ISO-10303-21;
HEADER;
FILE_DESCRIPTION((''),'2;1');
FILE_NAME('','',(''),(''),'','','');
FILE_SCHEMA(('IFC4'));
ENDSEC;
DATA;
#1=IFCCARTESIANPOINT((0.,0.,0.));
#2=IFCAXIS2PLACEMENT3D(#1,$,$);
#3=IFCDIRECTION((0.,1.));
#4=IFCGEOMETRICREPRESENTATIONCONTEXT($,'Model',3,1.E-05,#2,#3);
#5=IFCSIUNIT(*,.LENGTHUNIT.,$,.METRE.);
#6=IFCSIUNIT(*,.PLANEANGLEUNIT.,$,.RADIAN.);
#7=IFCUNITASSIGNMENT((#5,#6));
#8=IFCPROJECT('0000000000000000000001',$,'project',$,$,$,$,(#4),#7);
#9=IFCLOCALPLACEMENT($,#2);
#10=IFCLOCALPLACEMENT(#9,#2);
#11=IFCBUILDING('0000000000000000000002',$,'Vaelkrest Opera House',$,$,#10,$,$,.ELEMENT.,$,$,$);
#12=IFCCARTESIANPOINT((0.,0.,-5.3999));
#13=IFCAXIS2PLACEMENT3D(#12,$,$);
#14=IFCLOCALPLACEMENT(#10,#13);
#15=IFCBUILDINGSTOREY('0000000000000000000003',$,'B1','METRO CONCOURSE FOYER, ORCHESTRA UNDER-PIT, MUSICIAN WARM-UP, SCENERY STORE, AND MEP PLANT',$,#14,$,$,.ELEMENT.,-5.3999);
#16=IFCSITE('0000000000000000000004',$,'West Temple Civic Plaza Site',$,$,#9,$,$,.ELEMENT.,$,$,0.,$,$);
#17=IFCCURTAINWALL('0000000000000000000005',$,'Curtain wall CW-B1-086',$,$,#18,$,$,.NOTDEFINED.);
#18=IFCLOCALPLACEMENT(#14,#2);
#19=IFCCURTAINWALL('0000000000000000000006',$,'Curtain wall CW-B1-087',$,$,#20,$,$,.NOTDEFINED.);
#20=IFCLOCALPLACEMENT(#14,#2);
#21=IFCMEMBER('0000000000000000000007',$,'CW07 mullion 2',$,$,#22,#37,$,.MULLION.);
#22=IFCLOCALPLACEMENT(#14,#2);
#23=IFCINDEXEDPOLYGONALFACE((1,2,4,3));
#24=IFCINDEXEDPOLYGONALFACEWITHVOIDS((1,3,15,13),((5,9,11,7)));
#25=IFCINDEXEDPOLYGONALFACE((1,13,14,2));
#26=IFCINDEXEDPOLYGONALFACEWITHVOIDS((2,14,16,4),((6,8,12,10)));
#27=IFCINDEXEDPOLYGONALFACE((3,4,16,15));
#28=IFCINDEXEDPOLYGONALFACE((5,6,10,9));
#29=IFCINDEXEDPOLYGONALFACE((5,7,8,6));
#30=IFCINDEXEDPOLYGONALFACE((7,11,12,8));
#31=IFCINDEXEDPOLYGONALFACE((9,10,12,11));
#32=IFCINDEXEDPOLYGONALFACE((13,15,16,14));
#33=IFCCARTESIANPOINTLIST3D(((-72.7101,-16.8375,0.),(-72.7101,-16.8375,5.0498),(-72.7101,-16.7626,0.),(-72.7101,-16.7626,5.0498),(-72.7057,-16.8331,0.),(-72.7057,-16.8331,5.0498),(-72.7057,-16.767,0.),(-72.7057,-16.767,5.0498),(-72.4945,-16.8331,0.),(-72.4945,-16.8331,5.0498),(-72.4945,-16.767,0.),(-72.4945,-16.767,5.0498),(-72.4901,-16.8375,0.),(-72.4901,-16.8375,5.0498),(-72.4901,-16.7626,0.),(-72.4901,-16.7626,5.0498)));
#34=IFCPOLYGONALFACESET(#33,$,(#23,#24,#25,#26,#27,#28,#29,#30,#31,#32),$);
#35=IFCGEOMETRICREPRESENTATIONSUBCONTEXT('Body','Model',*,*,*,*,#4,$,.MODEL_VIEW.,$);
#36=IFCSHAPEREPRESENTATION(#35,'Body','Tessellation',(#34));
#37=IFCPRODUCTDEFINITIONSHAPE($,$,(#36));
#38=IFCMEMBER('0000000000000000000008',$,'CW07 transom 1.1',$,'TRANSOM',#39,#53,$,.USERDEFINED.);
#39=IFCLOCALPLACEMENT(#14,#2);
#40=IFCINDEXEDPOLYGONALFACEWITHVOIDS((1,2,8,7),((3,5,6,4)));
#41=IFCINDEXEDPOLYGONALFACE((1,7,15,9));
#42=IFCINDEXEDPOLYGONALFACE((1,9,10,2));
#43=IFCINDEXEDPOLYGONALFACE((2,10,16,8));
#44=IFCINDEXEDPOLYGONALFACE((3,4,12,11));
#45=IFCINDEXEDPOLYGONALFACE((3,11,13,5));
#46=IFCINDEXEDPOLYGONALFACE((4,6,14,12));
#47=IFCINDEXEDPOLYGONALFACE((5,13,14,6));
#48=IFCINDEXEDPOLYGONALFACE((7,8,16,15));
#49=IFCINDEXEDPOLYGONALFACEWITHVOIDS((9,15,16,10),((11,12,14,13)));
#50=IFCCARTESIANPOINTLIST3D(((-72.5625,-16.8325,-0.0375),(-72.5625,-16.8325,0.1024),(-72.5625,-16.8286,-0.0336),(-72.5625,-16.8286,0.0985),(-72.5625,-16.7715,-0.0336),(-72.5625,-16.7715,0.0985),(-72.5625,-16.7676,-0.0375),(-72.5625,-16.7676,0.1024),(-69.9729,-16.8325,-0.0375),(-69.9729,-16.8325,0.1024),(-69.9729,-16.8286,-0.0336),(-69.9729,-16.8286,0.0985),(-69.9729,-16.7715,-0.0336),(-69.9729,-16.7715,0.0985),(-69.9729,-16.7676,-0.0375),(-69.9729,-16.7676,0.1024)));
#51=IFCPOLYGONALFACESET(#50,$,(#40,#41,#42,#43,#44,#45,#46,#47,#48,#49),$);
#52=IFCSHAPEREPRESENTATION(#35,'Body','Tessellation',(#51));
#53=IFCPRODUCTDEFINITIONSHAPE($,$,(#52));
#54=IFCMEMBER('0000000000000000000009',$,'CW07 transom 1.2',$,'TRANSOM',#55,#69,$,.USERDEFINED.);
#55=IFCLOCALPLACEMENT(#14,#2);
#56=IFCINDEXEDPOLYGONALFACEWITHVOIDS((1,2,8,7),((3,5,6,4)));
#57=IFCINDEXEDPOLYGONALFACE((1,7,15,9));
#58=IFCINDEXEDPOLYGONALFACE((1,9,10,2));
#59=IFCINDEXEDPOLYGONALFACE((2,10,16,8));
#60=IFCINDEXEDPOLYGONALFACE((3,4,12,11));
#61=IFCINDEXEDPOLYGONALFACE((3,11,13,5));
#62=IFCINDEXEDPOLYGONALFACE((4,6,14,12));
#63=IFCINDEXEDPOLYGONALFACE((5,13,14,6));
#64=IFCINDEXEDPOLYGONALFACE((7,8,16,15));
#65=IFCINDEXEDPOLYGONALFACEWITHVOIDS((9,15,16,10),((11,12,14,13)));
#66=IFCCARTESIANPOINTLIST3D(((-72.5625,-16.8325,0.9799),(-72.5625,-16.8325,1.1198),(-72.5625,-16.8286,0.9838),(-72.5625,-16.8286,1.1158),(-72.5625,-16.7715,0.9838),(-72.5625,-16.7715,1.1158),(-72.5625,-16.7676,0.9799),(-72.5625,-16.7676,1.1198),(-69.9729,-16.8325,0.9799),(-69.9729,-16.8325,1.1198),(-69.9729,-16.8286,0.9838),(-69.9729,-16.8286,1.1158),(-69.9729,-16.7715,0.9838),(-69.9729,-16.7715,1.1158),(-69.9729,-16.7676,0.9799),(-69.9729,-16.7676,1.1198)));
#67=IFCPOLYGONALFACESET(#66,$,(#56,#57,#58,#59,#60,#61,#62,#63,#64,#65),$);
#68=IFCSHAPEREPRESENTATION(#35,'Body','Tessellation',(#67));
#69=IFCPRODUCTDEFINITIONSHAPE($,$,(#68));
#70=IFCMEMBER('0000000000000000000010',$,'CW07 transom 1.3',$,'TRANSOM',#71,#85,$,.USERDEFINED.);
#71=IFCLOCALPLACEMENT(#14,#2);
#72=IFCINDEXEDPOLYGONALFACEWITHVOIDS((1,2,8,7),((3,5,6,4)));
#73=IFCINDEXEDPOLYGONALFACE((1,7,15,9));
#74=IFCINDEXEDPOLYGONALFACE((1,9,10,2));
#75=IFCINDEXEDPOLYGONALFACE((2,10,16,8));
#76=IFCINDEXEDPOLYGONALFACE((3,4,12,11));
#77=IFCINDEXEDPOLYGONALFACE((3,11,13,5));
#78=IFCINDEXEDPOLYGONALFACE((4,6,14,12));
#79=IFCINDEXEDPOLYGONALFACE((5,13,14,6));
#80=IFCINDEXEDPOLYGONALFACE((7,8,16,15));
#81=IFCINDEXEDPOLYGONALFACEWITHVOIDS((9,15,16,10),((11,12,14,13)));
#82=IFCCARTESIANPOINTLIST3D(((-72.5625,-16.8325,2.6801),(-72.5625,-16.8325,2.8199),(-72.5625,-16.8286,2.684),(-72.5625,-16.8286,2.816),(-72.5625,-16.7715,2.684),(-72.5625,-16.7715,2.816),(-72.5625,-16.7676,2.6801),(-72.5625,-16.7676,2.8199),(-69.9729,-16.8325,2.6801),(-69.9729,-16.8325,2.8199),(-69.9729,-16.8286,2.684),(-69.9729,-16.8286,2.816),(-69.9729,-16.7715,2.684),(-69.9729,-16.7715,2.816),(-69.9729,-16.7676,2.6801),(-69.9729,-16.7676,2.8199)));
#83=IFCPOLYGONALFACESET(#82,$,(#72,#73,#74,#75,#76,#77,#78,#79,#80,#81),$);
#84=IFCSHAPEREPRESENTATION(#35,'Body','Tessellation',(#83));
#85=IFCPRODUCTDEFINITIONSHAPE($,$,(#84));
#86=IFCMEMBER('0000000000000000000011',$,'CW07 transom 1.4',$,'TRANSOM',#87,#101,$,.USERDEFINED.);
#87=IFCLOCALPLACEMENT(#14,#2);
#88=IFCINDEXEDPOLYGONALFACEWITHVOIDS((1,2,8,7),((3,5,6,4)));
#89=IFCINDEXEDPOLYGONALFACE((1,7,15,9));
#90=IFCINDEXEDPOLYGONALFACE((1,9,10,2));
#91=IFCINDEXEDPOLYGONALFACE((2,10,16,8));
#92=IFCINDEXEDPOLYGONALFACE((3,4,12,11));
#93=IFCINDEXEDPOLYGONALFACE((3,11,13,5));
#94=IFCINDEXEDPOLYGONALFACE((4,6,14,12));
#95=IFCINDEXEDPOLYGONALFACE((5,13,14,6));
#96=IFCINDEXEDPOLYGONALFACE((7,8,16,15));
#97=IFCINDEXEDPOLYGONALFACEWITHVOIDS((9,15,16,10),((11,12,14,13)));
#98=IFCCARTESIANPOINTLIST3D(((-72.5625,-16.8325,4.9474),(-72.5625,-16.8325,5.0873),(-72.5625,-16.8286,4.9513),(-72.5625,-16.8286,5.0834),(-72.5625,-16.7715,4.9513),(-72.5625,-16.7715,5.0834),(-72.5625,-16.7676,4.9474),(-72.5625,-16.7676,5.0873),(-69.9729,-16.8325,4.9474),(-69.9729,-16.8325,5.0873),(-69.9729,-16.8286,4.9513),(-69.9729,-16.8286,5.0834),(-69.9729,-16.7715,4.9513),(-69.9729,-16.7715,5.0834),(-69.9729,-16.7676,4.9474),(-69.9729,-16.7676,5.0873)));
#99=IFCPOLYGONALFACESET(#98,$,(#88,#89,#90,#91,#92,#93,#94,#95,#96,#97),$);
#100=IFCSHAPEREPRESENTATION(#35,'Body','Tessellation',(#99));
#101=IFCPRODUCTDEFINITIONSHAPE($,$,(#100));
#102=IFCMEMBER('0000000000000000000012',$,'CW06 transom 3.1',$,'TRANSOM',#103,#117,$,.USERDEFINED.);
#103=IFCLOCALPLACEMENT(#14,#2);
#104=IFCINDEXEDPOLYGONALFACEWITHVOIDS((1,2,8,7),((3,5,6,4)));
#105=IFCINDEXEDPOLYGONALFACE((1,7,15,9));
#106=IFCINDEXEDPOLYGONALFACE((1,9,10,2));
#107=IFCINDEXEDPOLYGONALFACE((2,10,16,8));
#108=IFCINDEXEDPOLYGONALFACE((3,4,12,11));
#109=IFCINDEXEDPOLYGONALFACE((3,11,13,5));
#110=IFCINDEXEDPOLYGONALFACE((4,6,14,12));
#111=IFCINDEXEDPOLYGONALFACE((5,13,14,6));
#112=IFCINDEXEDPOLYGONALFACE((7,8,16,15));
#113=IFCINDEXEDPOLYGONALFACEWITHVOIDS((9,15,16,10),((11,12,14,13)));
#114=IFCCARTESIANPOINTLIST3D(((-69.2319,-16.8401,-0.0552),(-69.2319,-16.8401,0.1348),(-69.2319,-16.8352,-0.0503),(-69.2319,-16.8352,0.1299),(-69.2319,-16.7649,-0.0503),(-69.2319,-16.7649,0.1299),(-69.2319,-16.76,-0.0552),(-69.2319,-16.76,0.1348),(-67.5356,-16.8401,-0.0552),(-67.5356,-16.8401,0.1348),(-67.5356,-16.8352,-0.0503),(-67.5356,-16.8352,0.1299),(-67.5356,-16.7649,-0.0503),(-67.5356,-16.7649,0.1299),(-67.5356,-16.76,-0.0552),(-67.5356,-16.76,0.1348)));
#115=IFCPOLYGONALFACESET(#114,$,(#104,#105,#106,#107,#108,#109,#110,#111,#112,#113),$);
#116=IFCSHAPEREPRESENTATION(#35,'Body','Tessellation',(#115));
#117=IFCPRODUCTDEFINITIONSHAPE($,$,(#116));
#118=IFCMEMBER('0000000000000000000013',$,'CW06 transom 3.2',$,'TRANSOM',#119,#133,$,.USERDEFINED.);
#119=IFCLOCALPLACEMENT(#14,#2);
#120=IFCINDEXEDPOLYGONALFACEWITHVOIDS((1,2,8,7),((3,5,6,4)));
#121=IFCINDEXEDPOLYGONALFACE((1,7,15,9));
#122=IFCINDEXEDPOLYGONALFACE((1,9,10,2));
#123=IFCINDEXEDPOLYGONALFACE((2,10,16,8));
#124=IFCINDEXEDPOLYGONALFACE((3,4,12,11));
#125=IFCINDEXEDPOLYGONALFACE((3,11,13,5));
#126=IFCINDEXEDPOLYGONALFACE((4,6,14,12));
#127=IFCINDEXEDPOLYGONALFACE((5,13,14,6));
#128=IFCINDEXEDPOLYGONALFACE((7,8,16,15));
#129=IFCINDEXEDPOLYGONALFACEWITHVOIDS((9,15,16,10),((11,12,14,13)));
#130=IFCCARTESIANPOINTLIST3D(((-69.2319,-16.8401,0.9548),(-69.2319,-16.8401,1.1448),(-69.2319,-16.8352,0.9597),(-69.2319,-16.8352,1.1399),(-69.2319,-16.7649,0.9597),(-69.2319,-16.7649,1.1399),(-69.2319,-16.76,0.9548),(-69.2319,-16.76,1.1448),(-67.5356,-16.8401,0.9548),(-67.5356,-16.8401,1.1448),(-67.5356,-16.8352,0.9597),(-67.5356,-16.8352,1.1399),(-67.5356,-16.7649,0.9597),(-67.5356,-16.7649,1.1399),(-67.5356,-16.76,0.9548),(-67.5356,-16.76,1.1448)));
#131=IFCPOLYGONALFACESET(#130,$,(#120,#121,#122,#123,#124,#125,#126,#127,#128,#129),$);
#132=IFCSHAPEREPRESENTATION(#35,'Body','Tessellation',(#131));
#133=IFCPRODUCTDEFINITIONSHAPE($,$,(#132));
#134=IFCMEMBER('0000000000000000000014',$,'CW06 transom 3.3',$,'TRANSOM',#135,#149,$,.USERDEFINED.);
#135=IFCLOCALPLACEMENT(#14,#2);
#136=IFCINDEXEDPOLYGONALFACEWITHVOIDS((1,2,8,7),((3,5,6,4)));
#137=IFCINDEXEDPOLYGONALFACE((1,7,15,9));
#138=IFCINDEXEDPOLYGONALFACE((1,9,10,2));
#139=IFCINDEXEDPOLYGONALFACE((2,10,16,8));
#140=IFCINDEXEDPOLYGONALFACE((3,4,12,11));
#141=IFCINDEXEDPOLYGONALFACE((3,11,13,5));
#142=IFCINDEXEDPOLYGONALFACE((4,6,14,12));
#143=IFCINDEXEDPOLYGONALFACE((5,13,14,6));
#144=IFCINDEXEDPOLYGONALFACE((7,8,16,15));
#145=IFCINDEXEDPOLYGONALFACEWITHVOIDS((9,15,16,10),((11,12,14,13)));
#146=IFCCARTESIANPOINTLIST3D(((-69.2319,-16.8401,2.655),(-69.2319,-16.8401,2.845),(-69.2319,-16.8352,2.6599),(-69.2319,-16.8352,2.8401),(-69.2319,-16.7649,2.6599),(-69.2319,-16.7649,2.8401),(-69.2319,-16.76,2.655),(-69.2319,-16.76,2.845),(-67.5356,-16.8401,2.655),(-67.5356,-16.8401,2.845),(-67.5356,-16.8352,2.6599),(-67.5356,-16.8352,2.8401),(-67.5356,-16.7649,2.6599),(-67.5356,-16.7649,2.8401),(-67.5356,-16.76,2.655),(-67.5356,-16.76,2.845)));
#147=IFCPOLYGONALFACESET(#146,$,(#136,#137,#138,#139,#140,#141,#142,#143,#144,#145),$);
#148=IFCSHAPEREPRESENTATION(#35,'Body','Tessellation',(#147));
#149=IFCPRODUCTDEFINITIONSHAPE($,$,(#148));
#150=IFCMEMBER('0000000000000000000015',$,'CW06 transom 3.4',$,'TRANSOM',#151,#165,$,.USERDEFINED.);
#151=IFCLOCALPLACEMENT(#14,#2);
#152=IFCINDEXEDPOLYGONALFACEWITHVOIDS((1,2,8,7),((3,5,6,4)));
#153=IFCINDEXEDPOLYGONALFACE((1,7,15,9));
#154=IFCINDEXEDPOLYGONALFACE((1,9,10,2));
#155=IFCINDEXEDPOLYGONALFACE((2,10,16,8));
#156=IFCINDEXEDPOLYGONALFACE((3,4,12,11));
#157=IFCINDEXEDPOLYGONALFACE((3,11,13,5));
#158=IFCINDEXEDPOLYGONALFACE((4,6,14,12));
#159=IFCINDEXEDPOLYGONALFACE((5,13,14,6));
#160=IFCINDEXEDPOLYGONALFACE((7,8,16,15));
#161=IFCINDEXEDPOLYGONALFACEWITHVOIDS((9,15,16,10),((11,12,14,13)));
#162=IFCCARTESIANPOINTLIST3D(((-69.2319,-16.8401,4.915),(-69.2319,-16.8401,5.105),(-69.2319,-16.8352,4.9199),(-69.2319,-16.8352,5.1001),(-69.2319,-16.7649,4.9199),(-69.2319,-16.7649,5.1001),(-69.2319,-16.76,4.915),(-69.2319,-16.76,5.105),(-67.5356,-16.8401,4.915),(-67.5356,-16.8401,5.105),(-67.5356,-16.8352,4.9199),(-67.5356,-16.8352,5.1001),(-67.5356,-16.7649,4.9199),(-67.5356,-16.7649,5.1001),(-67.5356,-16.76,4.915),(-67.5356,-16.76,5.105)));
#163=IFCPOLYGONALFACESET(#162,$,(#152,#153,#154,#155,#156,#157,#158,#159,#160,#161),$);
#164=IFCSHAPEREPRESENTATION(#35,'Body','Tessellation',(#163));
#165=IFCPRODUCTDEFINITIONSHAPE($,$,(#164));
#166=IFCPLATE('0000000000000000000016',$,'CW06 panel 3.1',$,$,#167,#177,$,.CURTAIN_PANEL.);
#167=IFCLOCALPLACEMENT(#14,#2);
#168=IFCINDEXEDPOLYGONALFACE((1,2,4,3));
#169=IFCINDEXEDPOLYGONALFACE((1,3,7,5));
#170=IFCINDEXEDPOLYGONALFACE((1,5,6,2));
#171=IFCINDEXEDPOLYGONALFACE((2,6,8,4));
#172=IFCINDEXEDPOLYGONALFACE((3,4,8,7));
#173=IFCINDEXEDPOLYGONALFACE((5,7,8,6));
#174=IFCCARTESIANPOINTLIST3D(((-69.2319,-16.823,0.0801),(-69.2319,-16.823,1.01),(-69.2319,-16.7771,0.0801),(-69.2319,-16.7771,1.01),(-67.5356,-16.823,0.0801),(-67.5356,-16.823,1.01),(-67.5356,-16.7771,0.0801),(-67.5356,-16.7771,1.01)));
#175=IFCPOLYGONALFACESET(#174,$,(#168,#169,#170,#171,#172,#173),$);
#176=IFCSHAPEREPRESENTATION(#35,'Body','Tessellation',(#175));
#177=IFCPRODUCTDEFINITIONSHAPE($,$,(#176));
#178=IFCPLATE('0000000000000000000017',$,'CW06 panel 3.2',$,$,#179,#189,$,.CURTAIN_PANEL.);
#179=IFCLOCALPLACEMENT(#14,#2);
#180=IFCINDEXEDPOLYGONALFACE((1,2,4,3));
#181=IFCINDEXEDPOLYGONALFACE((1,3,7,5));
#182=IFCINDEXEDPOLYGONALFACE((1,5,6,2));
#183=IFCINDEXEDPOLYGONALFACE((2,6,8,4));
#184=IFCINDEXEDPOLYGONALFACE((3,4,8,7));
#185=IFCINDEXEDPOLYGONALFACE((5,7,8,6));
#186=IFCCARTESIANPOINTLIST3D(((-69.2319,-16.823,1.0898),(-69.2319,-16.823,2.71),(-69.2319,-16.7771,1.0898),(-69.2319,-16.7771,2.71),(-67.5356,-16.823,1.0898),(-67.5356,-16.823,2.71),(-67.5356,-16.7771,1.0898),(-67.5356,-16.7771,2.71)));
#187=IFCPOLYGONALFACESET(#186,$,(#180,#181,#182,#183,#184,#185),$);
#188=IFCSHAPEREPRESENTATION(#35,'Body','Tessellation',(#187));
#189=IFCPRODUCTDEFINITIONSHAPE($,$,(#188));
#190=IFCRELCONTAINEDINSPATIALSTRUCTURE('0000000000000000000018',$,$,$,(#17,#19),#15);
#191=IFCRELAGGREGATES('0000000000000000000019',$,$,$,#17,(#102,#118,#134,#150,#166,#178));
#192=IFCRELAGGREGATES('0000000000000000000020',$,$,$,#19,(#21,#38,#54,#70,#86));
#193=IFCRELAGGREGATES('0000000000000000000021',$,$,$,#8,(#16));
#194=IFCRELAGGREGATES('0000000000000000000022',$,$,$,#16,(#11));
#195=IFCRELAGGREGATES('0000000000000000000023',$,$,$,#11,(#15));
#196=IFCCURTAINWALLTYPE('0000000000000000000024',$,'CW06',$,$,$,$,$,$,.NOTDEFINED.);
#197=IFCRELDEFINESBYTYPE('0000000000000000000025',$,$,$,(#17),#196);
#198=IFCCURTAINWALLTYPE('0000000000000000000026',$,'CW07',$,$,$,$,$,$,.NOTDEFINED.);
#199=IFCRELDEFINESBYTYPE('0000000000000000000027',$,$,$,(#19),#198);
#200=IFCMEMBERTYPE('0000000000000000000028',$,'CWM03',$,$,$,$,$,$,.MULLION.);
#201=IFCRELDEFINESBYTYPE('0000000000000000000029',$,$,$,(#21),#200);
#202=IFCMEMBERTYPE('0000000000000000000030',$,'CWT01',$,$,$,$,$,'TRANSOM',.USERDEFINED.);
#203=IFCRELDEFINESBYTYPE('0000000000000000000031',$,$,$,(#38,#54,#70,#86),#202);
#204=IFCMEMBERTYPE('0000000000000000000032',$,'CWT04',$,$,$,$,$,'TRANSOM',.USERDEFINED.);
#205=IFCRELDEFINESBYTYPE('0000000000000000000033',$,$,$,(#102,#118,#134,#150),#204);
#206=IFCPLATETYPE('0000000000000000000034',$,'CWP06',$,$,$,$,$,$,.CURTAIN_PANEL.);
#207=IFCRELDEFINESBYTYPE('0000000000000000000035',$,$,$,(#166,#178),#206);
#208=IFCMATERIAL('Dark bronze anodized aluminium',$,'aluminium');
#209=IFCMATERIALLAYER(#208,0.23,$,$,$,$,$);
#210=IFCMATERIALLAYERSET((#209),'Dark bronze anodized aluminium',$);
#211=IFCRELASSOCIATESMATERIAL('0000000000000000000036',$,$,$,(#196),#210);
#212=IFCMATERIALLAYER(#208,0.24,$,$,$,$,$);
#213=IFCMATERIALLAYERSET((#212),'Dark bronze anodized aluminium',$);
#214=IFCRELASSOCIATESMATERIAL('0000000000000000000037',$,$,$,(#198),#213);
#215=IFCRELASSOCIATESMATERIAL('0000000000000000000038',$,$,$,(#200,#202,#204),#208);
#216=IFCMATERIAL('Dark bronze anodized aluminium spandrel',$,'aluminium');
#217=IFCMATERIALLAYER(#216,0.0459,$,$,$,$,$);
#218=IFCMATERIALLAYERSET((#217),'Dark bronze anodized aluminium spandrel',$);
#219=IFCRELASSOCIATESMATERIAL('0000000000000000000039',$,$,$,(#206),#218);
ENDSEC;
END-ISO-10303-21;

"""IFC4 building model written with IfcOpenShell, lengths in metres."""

from ifc_helpers import new_model, si_unit, direction, frame, origin, origin_2d, place, context, subcontext, project, spatial, rectangle, hollow_rectangle, extrude, material, layer, layer_set, material_profile, profile_set, type_object, element, aggregate, save


model = new_model("IFC4")

# Units and contexts
model_context = context("Model", 3, precision=1e-05, world=origin(), true_north=direction((0.0, 1.0)))
body_context = subcontext(model_context, "Body", "Model", "MODEL_VIEW")
ifc_project = project(units=[si_unit("LENGTHUNIT", "METRE"), si_unit("PLANEANGLEUNIT", "RADIAN")], contexts=[model_context])

# Site, building, storey
site_placement = place(None, origin())
site = spatial("IfcSite", under=ifc_project, at=site_placement, Name="West Temple Civic Plaza Site", CompositionType="ELEMENT", RefElevation=0.0)
building_placement = place(site_placement, origin())
building = spatial("IfcBuilding", under=site, at=building_placement, Name="Vaelkrest Opera House", CompositionType="ELEMENT")
storey_placement = place(building_placement, frame((0.0, 0.0, -5.3999)))
storey = spatial("IfcBuildingStorey", under=building, at=storey_placement, Name="B1", Description="METRO CONCOURSE FOYER, ORCHESTRA UNDER-PIT, MUSICIAN WARM-UP, SCENERY STORE, AND MEP PLANT", CompositionType="ELEMENT", Elevation=-5.3999)

# Curtain walls, members
ifc_material_1 = material(Name="Dark bronze anodized aluminium", Category="aluminium")
ifc_layer_1 = layer(ifc_material_1, 0.23)
ifc_layer_set_1 = layer_set([ifc_layer_1], Name="Dark bronze anodized aluminium")
curtain_wall_type_1 = type_object("IfcCurtainWallType", Name="CW06", PredefinedType="NOTDEFINED", material=ifc_layer_set_1)
curtain_wall_1_placement = place(storey_placement, origin())
curtain_wall_1 = element("IfcCurtainWall", 1, at=curtain_wall_1_placement, inside=storey, type_object=curtain_wall_type_1, Name="Curtain wall CW-B1-086", PredefinedType="NOTDEFINED")
ifc_layer_2 = layer(ifc_material_1, 0.24)
ifc_layer_set_2 = layer_set([ifc_layer_2], Name="Dark bronze anodized aluminium")
curtain_wall_type_2 = type_object("IfcCurtainWallType", Name="CW07", PredefinedType="NOTDEFINED", material=ifc_layer_set_2)
curtain_wall_2_placement = place(storey_placement, origin())
curtain_wall_2 = element("IfcCurtainWall", 2, at=curtain_wall_2_placement, inside=storey, type_object=curtain_wall_type_2, Name="Curtain wall CW-B1-087", PredefinedType="NOTDEFINED")
ifc_material_profile_1 = material_profile(ifc_material_1, hollow_rectangle(XDim=0.075, YDim=0.22, WallThickness=0.0044, at=origin_2d()), Name="CWM75X220")
ifc_profile_set_1 = profile_set([ifc_material_profile_1], Name="Dark bronze anodized aluminium")
member_type_1 = type_object("IfcMemberType", Name="CWM03", PredefinedType="MULLION", material=ifc_profile_set_1)
member_1_placement = place(storey_placement, frame((-72.6001, -16.8, 0.0), z_axis=(0.0, 0.0, 1.0), x_axis=(0.0, -1.0, 0.0)))
member_1 = element("IfcMember", 3, at=member_1_placement, type_object=member_type_1, Name="CW07 mullion 2", PredefinedType="MULLION", context=body_context, shape_type="SweptSolid", body=[
    extrude(hollow_rectangle(XDim=0.075, YDim=0.22, WallThickness=0.0044, at=origin_2d()), origin(), (0.0, 0.0, 1.0), 5.0498),
])
ifc_material_profile_2 = material_profile(ifc_material_1, hollow_rectangle(XDim=0.0649, YDim=0.1399, WallThickness=0.0039, at=origin_2d()), Name="CWT65X140")
ifc_profile_set_2 = profile_set([ifc_material_profile_2], Name="Dark bronze anodized aluminium")
member_type_2 = type_object("IfcMemberType", Name="CWT01", ElementType="TRANSOM", PredefinedType="USERDEFINED", material=ifc_profile_set_2)
member_2_placement = place(storey_placement, frame((-69.9729, -16.8, 0.0325), z_axis=(-1.0, 0.0, 0.0), x_axis=(0.0, -1.0, 0.0)))
member_2 = element("IfcMember", 4, at=member_2_placement, type_object=member_type_2, Name="CW07 transom 1.1", ObjectType="TRANSOM", PredefinedType="USERDEFINED", context=body_context, shape_type="SweptSolid", body=[
    extrude(hollow_rectangle(XDim=0.0649, YDim=0.1399, WallThickness=0.0039, at=origin_2d()), origin(), (0.0, 0.0, 1.0), 2.5896),
])
member_3_placement = place(storey_placement, frame((-69.9729, -16.8, 1.0498), z_axis=(-1.0, 0.0, 0.0), x_axis=(0.0, -1.0, 0.0)))
member_3 = element("IfcMember", 5, at=member_3_placement, type_object=member_type_2, Name="CW07 transom 1.2", ObjectType="TRANSOM", PredefinedType="USERDEFINED", context=body_context, shape_type="SweptSolid", body=[
    extrude(hollow_rectangle(XDim=0.0649, YDim=0.1399, WallThickness=0.0039, at=origin_2d()), origin(), (0.0, 0.0, 1.0), 2.5896),
])
member_4_placement = place(storey_placement, frame((-69.9729, -16.8, 2.75), z_axis=(-1.0, 0.0, 0.0), x_axis=(0.0, -1.0, 0.0)))
member_4 = element("IfcMember", 6, at=member_4_placement, type_object=member_type_2, Name="CW07 transom 1.3", ObjectType="TRANSOM", PredefinedType="USERDEFINED", context=body_context, shape_type="SweptSolid", body=[
    extrude(hollow_rectangle(XDim=0.0649, YDim=0.1399, WallThickness=0.0039, at=origin_2d()), origin(), (0.0, 0.0, 1.0), 2.5896),
])
member_5_placement = place(storey_placement, frame((-69.9729, -16.8, 5.0173), z_axis=(-1.0, 0.0, 0.0), x_axis=(0.0, -1.0, 0.0)))
member_5 = element("IfcMember", 7, at=member_5_placement, type_object=member_type_2, Name="CW07 transom 1.4", ObjectType="TRANSOM", PredefinedType="USERDEFINED", context=body_context, shape_type="SweptSolid", body=[
    extrude(hollow_rectangle(XDim=0.0649, YDim=0.1399, WallThickness=0.0039, at=origin_2d()), origin(), (0.0, 0.0, 1.0), 2.5896),
])

# Members
ifc_material_profile_3 = material_profile(ifc_material_1, hollow_rectangle(XDim=0.0801, YDim=0.1899, WallThickness=0.0049, at=origin_2d()), Name="CWT80X190")
ifc_profile_set_3 = profile_set([ifc_material_profile_3], Name="Dark bronze anodized aluminium")
member_type_3 = type_object("IfcMemberType", Name="CWT04", ElementType="TRANSOM", PredefinedType="USERDEFINED", material=ifc_profile_set_3)
member_6_placement = place(storey_placement, frame((-67.5356, -16.8, 0.0398), z_axis=(-1.0, 0.0, 0.0), x_axis=(0.0, -1.0, 0.0)))
member_6 = element("IfcMember", 8, at=member_6_placement, type_object=member_type_3, Name="CW06 transom 3.1", ObjectType="TRANSOM", PredefinedType="USERDEFINED", context=body_context, shape_type="SweptSolid", body=[
    extrude(hollow_rectangle(XDim=0.0801, YDim=0.1899, WallThickness=0.0049, at=origin_2d()), origin(), (0.0, 0.0, 1.0), 1.6963),
])
member_7_placement = place(storey_placement, frame((-67.5356, -16.8, 1.0498), z_axis=(-1.0, 0.0, 0.0), x_axis=(0.0, -1.0, 0.0)))
member_7 = element("IfcMember", 9, at=member_7_placement, type_object=member_type_3, Name="CW06 transom 3.2", ObjectType="TRANSOM", PredefinedType="USERDEFINED", context=body_context, shape_type="SweptSolid", body=[
    extrude(hollow_rectangle(XDim=0.0801, YDim=0.1899, WallThickness=0.0049, at=origin_2d()), origin(), (0.0, 0.0, 1.0), 1.6963),
])
member_8_placement = place(storey_placement, frame((-67.5356, -16.8, 2.75), z_axis=(-1.0, 0.0, 0.0), x_axis=(0.0, -1.0, 0.0)))
member_8 = element("IfcMember", 10, at=member_8_placement, type_object=member_type_3, Name="CW06 transom 3.3", ObjectType="TRANSOM", PredefinedType="USERDEFINED", context=body_context, shape_type="SweptSolid", body=[
    extrude(hollow_rectangle(XDim=0.0801, YDim=0.1899, WallThickness=0.0049, at=origin_2d()), origin(), (0.0, 0.0, 1.0), 1.6963),
])
member_9_placement = place(storey_placement, frame((-67.5356, -16.8, 5.01), z_axis=(-1.0, 0.0, 0.0), x_axis=(0.0, -1.0, 0.0)))
member_9 = element("IfcMember", 11, at=member_9_placement, type_object=member_type_3, Name="CW06 transom 3.4", ObjectType="TRANSOM", PredefinedType="USERDEFINED", context=body_context, shape_type="SweptSolid", body=[
    extrude(hollow_rectangle(XDim=0.0801, YDim=0.1899, WallThickness=0.0049, at=origin_2d()), origin(), (0.0, 0.0, 1.0), 1.6963),
])

# Plates
ifc_material_2 = material(Name="Dark bronze anodized aluminium spandrel", Category="aluminium")
ifc_layer_3 = layer(ifc_material_2, 0.0459)
ifc_layer_set_3 = layer_set([ifc_layer_3], Name="Dark bronze anodized aluminium spandrel")
plate_type_1 = type_object("IfcPlateType", Name="CWP06", PredefinedType="CURTAIN_PANEL", material=ifc_layer_set_3)
plate_1_placement = place(storey_placement, frame((-68.3838, -16.8, 0.0801), z_axis=(0.0, 0.0, 1.0), x_axis=(-1.0, 0.0, 0.0)))
plate_1 = element("IfcPlate", 12, at=plate_1_placement, type_object=plate_type_1, Name="CW06 panel 3.1", PredefinedType="CURTAIN_PANEL", context=body_context, shape_type="SweptSolid", body=[
    extrude(rectangle(XDim=1.6963, YDim=0.0459, at=origin_2d()), origin(), (0.0, 0.0, 1.0), 0.9299),
])
plate_2_placement = place(storey_placement, frame((-68.3838, -16.8, 1.0898), z_axis=(0.0, 0.0, 1.0), x_axis=(-1.0, 0.0, 0.0)))
plate_2 = element("IfcPlate", 13, at=plate_2_placement, type_object=plate_type_1, Name="CW06 panel 3.2", PredefinedType="CURTAIN_PANEL", context=body_context, shape_type="SweptSolid", body=[
    extrude(rectangle(XDim=1.6963, YDim=0.0459, at=origin_2d()), origin(), (0.0, 0.0, 1.0), 1.6201),
])
aggregate(curtain_wall_1, [member_6, member_7, member_8, member_9, plate_1, plate_2])
aggregate(curtain_wall_2, [member_1, member_2, member_3, member_4, member_5])

save(model, "model.ifc")
